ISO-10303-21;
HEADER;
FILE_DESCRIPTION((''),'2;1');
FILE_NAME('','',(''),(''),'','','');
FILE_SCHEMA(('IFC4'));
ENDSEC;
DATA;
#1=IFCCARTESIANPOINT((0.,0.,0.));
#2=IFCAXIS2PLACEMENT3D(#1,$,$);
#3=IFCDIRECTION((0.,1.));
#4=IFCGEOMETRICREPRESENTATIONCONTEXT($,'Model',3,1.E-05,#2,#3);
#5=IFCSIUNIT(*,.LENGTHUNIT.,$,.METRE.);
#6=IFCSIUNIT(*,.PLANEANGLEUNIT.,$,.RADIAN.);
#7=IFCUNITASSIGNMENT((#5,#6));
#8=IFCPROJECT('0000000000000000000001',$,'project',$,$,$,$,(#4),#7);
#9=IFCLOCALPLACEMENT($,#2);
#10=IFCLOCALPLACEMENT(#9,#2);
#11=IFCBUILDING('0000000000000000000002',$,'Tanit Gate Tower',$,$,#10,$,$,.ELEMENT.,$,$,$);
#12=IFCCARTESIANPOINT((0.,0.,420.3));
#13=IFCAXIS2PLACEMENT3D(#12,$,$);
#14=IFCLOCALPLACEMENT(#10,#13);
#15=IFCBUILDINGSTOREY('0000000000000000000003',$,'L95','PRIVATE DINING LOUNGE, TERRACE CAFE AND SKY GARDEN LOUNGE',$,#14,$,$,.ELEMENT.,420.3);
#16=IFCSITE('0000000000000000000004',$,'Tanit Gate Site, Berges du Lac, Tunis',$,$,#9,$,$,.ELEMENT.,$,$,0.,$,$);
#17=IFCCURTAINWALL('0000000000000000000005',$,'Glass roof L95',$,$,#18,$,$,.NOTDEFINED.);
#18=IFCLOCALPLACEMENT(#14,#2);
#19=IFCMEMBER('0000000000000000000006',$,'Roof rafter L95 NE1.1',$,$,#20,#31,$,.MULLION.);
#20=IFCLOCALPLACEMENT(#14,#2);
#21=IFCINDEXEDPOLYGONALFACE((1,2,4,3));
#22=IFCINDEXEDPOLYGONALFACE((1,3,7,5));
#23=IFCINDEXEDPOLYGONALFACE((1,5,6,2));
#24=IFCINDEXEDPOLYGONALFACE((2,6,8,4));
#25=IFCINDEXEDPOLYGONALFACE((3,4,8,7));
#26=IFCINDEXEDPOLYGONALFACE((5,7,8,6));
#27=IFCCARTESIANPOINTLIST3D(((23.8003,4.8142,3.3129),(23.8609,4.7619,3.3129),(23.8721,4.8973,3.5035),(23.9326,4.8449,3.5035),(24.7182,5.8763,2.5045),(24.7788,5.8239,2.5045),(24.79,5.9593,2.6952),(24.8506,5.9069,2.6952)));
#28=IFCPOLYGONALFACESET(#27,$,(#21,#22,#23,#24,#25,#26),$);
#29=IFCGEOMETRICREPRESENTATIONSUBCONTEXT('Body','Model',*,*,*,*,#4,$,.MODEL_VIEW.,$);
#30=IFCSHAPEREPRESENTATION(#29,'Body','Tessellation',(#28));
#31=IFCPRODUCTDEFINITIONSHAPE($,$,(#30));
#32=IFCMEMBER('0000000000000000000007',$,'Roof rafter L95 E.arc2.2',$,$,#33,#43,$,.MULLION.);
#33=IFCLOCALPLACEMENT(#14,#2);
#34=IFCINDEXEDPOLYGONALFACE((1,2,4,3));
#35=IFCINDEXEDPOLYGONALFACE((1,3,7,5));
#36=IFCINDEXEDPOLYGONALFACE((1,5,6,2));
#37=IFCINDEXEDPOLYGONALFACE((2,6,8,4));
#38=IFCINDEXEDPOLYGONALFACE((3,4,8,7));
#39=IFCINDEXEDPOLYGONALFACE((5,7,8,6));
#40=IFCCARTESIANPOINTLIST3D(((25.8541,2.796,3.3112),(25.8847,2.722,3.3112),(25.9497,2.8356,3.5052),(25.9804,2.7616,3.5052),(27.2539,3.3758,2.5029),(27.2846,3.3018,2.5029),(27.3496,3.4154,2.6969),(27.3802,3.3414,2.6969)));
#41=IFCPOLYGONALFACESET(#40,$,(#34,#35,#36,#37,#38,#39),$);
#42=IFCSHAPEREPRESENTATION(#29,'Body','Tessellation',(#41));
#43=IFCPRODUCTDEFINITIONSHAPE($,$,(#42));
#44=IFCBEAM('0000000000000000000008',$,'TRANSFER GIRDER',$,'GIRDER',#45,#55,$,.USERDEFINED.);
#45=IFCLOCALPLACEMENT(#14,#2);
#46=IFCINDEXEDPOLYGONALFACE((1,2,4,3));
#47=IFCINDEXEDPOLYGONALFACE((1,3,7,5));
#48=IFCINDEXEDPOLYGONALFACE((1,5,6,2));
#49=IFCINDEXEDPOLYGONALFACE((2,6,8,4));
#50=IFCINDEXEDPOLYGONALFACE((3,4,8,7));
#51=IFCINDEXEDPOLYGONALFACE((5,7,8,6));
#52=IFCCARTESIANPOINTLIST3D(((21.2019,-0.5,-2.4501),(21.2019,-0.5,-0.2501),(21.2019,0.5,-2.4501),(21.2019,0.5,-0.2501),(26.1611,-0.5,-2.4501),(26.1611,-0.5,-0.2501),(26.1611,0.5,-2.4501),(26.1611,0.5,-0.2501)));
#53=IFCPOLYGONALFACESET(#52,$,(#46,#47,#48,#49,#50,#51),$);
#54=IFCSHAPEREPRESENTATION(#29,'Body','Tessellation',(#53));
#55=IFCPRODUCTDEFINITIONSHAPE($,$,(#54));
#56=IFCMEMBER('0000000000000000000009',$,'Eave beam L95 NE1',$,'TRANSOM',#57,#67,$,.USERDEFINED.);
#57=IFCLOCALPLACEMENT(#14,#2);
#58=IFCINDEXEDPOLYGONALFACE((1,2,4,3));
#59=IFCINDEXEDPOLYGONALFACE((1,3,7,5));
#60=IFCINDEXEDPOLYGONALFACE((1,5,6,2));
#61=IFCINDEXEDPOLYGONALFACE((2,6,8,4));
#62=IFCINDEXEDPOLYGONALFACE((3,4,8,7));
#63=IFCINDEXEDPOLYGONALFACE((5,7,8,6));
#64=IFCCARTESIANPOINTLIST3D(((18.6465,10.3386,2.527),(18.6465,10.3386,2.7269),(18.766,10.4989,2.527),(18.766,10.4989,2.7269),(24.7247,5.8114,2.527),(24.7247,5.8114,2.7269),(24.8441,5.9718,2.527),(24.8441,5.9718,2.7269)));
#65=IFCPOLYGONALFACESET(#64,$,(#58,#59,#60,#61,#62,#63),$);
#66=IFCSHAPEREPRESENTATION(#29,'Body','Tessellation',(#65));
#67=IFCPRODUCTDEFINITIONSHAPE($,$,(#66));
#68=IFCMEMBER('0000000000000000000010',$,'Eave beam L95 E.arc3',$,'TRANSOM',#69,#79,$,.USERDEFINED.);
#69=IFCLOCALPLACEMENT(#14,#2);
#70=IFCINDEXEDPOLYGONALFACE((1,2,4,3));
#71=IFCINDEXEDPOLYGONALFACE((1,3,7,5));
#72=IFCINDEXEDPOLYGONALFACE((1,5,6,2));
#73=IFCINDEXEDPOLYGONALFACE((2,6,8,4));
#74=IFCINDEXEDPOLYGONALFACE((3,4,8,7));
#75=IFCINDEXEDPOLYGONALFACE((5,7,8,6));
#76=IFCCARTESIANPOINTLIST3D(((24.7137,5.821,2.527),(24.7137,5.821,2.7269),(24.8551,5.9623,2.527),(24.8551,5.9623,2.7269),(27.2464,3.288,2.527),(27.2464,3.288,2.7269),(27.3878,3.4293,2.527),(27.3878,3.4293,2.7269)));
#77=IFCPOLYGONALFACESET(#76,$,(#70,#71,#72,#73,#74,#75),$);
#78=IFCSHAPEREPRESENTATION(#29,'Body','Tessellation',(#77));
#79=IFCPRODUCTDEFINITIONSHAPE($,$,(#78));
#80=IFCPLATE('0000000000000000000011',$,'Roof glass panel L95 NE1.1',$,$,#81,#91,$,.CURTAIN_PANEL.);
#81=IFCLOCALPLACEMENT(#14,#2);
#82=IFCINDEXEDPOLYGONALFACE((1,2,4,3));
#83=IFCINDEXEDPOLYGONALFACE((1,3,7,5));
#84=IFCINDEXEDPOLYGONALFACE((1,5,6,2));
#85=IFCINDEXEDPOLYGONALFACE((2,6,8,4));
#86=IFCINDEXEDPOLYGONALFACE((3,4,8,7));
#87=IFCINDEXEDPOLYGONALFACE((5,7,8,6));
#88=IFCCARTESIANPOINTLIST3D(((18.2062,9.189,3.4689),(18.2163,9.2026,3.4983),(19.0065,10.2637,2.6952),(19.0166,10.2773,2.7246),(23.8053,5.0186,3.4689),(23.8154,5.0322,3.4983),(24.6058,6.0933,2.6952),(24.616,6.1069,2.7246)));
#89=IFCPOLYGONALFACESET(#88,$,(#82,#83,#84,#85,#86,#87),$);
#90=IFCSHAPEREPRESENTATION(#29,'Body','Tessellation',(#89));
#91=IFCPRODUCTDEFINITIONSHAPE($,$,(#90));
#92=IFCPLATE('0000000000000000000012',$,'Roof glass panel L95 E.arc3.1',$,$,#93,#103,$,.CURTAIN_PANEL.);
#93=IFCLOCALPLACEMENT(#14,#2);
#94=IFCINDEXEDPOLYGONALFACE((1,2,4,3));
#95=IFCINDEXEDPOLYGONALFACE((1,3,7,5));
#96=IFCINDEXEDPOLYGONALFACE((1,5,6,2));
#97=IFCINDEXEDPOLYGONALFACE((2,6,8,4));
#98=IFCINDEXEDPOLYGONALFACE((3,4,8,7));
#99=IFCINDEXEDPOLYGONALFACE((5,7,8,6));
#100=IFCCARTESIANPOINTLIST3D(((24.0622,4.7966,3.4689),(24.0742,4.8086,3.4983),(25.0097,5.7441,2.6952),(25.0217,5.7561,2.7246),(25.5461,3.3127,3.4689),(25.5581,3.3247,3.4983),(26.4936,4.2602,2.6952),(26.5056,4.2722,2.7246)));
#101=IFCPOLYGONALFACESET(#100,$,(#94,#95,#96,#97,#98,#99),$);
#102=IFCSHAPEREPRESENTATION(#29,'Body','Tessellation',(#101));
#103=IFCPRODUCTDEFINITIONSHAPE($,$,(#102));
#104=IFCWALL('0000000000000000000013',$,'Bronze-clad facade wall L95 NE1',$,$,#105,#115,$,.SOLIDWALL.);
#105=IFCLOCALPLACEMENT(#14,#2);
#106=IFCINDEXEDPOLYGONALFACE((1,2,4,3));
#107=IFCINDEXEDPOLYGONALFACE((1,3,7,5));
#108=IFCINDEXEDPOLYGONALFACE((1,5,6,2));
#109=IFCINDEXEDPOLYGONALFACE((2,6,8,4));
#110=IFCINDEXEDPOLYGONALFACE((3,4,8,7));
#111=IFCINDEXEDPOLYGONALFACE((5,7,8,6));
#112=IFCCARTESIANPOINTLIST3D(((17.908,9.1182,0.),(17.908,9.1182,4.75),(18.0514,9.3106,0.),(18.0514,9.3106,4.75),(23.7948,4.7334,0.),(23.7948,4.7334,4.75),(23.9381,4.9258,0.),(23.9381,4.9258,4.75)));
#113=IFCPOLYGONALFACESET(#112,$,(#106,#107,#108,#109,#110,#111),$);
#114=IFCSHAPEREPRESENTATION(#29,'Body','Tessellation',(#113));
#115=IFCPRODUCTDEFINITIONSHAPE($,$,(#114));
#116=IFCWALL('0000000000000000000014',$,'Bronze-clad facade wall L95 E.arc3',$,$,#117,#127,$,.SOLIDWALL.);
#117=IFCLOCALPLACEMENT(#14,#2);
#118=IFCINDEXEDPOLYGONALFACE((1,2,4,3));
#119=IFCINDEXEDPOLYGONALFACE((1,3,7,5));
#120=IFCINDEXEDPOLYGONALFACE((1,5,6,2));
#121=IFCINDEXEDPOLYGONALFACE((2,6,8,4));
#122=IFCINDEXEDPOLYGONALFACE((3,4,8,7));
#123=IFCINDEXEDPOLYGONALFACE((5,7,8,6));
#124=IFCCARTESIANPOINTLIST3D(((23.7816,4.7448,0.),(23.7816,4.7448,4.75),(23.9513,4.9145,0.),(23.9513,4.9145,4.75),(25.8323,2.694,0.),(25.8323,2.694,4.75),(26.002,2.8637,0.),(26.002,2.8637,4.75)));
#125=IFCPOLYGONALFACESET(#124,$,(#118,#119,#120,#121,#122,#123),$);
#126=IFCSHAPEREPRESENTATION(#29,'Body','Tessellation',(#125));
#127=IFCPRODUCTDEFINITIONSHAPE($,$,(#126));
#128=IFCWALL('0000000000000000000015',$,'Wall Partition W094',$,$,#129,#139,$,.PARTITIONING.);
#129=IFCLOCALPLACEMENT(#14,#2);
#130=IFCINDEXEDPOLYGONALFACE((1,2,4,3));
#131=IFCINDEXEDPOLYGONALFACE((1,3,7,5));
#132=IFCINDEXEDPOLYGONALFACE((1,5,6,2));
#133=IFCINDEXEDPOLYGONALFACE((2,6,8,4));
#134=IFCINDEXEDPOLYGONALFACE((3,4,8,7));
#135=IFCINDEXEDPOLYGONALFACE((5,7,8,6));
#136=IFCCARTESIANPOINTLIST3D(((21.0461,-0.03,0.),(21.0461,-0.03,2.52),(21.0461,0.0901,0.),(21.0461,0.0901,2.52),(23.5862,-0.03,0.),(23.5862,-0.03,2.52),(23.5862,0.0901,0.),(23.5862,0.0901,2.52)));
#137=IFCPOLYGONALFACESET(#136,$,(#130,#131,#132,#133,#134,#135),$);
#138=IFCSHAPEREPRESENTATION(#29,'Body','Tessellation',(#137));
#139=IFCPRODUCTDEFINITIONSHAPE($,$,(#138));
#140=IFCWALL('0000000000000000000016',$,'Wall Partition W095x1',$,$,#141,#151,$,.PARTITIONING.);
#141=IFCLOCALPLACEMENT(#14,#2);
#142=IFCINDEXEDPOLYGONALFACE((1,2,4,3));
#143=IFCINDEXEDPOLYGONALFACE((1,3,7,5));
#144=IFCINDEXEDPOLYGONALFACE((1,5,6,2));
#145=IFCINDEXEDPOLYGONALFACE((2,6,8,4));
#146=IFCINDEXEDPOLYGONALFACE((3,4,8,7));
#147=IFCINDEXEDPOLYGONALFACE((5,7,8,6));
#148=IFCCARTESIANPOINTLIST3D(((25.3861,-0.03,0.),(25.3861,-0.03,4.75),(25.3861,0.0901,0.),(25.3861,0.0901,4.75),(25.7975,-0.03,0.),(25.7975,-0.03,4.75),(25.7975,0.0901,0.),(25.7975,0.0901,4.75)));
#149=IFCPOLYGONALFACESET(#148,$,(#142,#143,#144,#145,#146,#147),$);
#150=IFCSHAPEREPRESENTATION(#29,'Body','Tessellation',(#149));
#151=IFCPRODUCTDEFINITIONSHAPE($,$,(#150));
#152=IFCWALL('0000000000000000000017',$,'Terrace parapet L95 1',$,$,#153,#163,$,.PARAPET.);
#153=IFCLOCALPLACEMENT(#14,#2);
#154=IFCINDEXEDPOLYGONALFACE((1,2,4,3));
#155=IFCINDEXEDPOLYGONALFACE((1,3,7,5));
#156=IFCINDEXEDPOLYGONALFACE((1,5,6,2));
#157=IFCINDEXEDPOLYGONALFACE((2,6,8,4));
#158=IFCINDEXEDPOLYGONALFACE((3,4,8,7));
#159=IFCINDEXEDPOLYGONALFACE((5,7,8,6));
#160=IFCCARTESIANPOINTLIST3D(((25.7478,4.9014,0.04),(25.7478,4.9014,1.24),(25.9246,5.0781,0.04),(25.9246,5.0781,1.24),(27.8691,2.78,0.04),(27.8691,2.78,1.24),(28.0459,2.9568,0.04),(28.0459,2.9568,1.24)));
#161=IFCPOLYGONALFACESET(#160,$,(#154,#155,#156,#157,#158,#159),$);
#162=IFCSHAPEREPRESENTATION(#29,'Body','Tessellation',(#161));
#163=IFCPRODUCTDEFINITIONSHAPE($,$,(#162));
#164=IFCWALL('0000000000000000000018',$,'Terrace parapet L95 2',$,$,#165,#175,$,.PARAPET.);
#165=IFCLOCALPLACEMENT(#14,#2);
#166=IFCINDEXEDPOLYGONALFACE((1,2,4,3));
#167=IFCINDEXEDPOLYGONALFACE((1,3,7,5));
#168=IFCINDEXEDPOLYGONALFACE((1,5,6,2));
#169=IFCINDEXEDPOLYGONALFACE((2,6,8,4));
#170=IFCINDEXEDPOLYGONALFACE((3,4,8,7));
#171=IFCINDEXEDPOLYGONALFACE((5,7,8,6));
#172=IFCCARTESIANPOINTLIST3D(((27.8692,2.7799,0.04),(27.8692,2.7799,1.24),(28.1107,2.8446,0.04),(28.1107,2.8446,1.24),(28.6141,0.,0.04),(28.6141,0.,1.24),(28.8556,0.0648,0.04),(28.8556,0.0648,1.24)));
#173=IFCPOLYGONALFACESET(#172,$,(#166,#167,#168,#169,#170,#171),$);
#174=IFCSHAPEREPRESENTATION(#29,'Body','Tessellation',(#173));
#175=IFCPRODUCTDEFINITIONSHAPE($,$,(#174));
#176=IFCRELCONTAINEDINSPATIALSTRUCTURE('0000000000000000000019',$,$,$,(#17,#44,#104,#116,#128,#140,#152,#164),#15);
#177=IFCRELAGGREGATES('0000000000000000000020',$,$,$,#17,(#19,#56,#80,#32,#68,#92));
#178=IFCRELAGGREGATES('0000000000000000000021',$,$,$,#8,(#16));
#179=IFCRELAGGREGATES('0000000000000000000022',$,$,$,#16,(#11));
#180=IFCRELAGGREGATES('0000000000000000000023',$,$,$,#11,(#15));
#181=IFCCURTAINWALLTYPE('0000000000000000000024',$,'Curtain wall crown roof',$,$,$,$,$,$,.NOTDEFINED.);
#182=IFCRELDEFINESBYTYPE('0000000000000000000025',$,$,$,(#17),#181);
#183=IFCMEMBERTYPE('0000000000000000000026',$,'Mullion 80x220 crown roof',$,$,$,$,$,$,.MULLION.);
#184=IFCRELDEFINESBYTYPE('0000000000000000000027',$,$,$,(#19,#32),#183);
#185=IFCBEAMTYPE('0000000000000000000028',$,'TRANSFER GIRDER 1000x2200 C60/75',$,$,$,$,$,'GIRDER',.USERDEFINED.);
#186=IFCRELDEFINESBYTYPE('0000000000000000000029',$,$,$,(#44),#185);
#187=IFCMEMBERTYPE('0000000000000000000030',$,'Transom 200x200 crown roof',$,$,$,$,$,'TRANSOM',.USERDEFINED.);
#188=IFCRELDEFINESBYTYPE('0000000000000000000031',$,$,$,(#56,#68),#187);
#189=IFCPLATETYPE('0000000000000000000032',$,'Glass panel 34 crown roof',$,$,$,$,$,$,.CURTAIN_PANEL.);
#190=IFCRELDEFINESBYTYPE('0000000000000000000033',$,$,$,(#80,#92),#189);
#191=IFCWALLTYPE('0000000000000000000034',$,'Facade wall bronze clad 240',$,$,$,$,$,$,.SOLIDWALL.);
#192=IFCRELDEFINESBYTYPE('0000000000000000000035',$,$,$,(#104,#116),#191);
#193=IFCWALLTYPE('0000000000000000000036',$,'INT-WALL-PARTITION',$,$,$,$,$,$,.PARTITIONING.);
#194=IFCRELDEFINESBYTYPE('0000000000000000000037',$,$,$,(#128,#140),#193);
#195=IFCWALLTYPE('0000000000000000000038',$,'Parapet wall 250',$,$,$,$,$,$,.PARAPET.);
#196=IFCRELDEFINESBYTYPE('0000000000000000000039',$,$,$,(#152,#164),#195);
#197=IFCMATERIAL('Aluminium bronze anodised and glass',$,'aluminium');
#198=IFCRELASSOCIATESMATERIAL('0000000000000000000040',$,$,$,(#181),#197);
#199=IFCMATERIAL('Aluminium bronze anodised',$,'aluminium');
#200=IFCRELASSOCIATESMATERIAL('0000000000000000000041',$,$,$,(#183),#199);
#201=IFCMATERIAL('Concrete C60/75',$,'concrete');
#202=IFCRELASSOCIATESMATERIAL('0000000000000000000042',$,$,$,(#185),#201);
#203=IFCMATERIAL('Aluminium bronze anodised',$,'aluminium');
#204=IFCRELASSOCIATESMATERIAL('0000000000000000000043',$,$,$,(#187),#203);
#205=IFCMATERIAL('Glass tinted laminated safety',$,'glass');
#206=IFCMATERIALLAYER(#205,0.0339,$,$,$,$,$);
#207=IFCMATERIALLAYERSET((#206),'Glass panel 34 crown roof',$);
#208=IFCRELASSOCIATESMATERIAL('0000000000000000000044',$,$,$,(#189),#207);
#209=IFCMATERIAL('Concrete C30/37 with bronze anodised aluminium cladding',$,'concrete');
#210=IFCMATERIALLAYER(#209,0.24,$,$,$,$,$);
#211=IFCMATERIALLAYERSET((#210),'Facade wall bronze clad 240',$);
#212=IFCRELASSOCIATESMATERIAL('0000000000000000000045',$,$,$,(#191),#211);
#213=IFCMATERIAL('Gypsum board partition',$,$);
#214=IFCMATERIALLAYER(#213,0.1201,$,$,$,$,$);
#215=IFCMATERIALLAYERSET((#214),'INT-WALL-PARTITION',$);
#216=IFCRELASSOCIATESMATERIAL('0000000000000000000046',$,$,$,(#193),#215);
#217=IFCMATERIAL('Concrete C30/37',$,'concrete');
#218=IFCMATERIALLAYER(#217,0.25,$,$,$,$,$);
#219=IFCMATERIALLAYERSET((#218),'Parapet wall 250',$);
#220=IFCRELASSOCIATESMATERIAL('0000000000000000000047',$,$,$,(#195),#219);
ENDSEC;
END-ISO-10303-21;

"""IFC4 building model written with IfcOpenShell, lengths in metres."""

from ifc_helpers import new_model, si_unit, direction, frame, frame_2d, origin, origin_2d, place, context, subcontext, project, spatial, polyline, rectangle, outline, extrude, material, layer, layer_set, material_profile, profile_set, type_object, element, aggregate, save


model = new_model("IFC4")

# Units and contexts
model_context = context("Model", 3, precision=1e-05, world=origin(), true_north=direction((0.0, 1.0)))
body_context = subcontext(model_context, "Body", "Model", "MODEL_VIEW")
ifc_project = project(units=[si_unit("LENGTHUNIT", "METRE"), si_unit("PLANEANGLEUNIT", "RADIAN")], contexts=[model_context])

# Site, building, storey
site_placement = place(None, origin())
site = spatial("IfcSite", under=ifc_project, at=site_placement, Name="Tanit Gate Site, Berges du Lac, Tunis", CompositionType="ELEMENT", RefElevation=0.0)
building_placement = place(site_placement, origin())
building = spatial("IfcBuilding", under=site, at=building_placement, Name="Tanit Gate Tower", CompositionType="ELEMENT")
storey_placement = place(building_placement, frame((0.0, 0.0, 420.3)))
storey = spatial("IfcBuildingStorey", under=building, at=storey_placement, Name="L95", Description="PRIVATE DINING LOUNGE, TERRACE CAFE AND SKY GARDEN LOUNGE", CompositionType="ELEMENT", Elevation=420.3)

# Curtain wall, members
ifc_material_1 = material(Name="Aluminium bronze anodised and glass", Category="aluminium")
curtain_wall_type = type_object("IfcCurtainWallType", Name="Curtain wall crown roof", PredefinedType="NOTDEFINED", material=ifc_material_1)
curtain_wall_placement = place(storey_placement, origin())
curtain_wall = element("IfcCurtainWall", 1, at=curtain_wall_placement, inside=storey, type_object=curtain_wall_type, Name="Glass roof L95", PredefinedType="NOTDEFINED")
ifc_material_2 = material(Name="Aluminium bronze anodised", Category="aluminium")
ifc_material_profile_1 = material_profile(ifc_material_2, rectangle(XDim=0.0801, YDim=0.22, at=origin_2d()), Name="80x220 bronze rafter")
ifc_profile_set_1 = profile_set([ifc_material_profile_1], Name="Aluminium bronze anodised")
member_type_1 = type_object("IfcMemberType", Name="Mullion 80x220 crown roof", PredefinedType="MULLION", material=ifc_profile_set_1)
member_1_placement = place(storey_placement, frame((23.8665, 4.8296, 3.4082), z_axis=(0.566694, 0.655617, -0.499023), x_axis=(-0.756549, 0.653937, 0.0)))
member_1 = element("IfcMember", 2, at=member_1_placement, type_object=member_type_1, Name="Roof rafter L95 NE1.1", PredefinedType="MULLION", context=body_context, shape_type="SweptSolid", body=[
    extrude(rectangle(XDim=0.0801, YDim=0.22, at=origin_2d()), origin(), (0.0, 0.0, 1.0), 1.6199),
])
member_2_placement = place(storey_placement, frame((25.9172, 2.7788, 3.4082), z_axis=(0.815143, 0.337629, -0.47069), x_axis=(-0.38267, 0.923885, 0.0)))
member_2 = element("IfcMember", 3, at=member_2_placement, type_object=member_type_1, Name="Roof rafter L95 E.arc2.2", PredefinedType="MULLION", context=body_context, shape_type="SweptSolid", body=[
    extrude(rectangle(XDim=0.0801, YDim=0.22, at=origin_2d()), origin(), (0.0, 0.0, 1.0), 1.7173),
])

# Beam
ifc_material_3 = material(Name="Concrete C60/75", Category="concrete")
ifc_material_profile_2 = material_profile(ifc_material_3, rectangle(XDim=1.0, YDim=2.2, at=origin_2d()), Name="RC 1000x2200")
ifc_profile_set_2 = profile_set([ifc_material_profile_2], Name="Concrete C60/75")
beam_type = type_object("IfcBeamType", Name="TRANSFER GIRDER 1000x2200 C60/75", ElementType="GIRDER", PredefinedType="USERDEFINED", material=ifc_profile_set_2)
beam_placement = place(storey_placement, frame((26.1611, 0.0, -1.3501), z_axis=(-1.0, 0.0, 0.0), x_axis=(0.0, -1.0, 0.0)))
element("IfcBeam", 4, at=beam_placement, inside=storey, type_object=beam_type, Name="TRANSFER GIRDER", ObjectType="GIRDER", PredefinedType="USERDEFINED", context=body_context, shape_type="SweptSolid", body=[
    extrude(rectangle(XDim=1.0, YDim=2.2, at=origin_2d()), origin(), (0.0, 0.0, 1.0), 4.9592),
])

# Members
ifc_material_4 = material(Name="Aluminium bronze anodised", Category="aluminium")
ifc_material_profile_3 = material_profile(ifc_material_4, rectangle(XDim=0.2, YDim=0.2, at=origin_2d()), Name="200x200 bronze transom")
ifc_profile_set_3 = profile_set([ifc_material_profile_3], Name="Aluminium bronze anodised")
member_type_2 = type_object("IfcMemberType", Name="Transom 200x200 crown roof", ElementType="TRANSOM", PredefinedType="USERDEFINED", material=ifc_profile_set_3)
member_3_placement = place(storey_placement, frame((24.7844, 5.8916, 2.627), z_axis=(-0.80199, 0.597337, 0.0), x_axis=(-0.597337, -0.80199, 0.0)))
member_3 = element("IfcMember", 5, at=member_3_placement, type_object=member_type_2, Name="Eave beam L95 NE1", ObjectType="TRANSOM", PredefinedType="USERDEFINED", context=body_context, shape_type="SweptSolid", body=[
    extrude(rectangle(XDim=0.2, YDim=0.2, at=origin_2d()), origin(), (0.0, 0.0, 1.0), 7.5789),
])
member_4_placement = place(storey_placement, frame((27.3171, 3.3586, 2.627), z_axis=(-0.707073, 0.707141, 0.0), x_axis=(-0.707141, -0.707073, 0.0)))
member_4 = element("IfcMember", 6, at=member_4_placement, type_object=member_type_2, Name="Eave beam L95 E.arc3", ObjectType="TRANSOM", PredefinedType="USERDEFINED", context=body_context, shape_type="SweptSolid", body=[
    extrude(rectangle(XDim=0.2, YDim=0.2, at=origin_2d()), origin(), (0.0, 0.0, 1.0), 3.582),
])

# Plates
ifc_material_5 = material(Name="Glass tinted laminated safety", Category="glass")
ifc_layer_1 = layer(ifc_material_5, 0.0339)
ifc_layer_set_1 = layer_set([ifc_layer_1], Name="Glass panel 34 crown roof")
plate_type = type_object("IfcPlateType", Name="Glass panel 34 crown roof", PredefinedType="CURTAIN_PANEL", material=ifc_layer_set_1)
plate_1_placement = place(storey_placement, frame((23.8154, 5.0322, 3.4983), z_axis=(0.298674, 0.401003, 0.86602), x_axis=(-0.801986, 0.597343, -0.000005)))
plate_1 = element("IfcPlate", 7, at=plate_1_placement, type_object=plate_type, Name="Roof glass panel L95 NE1.1", PredefinedType="CURTAIN_PANEL", context=body_context, shape_type="SweptSolid", body=[
    extrude(outline(polyline([(0.0, 0.0), (6.9816, 0.0), (6.9817, -1.5473), (0.0, -1.5474), (0.0, 0.0)])), origin(), (0.0, 0.0, -1.0), 0.0339),
])
plate_2_placement = place(storey_placement, frame((25.5581, 3.3247, 3.4983), z_axis=(0.353568, 0.353568, 0.866013), x_axis=(-0.707107, 0.707107, 0.0)))
plate_2 = element("IfcPlate", 8, at=plate_2_placement, type_object=plate_type, Name="Roof glass panel L95 E.arc3.1", PredefinedType="CURTAIN_PANEL", context=body_context, shape_type="SweptSolid", body=[
    extrude(outline(polyline([(0.0, 0.0), (2.0985, 0.0), (2.0985, -1.5473), (0.0, -1.5473), (0.0, 0.0)])), origin(), (0.0, 0.0, -1.0), 0.0339),
])
aggregate(curtain_wall, [member_1, member_3, plate_1, member_2, member_4, plate_2])

# Walls
ifc_material_6 = material(Name="Concrete C30/37 with bronze anodised aluminium cladding", Category="concrete")
ifc_layer_2 = layer(ifc_material_6, 0.24)
ifc_layer_set_2 = layer_set([ifc_layer_2], Name="Facade wall bronze clad 240")
wall_type_1 = type_object("IfcWallType", Name="Facade wall bronze clad 240", PredefinedType="SOLIDWALL", material=ifc_layer_set_2)
wall_1_placement = place(storey_placement, frame((23.8665, 4.8296, 0.0), z_axis=(0.0, 0.0, 1.0), x_axis=(-0.801975, 0.597357, 0.0)))
element("IfcWall", 9, at=wall_1_placement, inside=storey, type_object=wall_type_1, Name="Bronze-clad facade wall L95 NE1", PredefinedType="SOLIDWALL", context=body_context, shape_type="SweptSolid", body=[
    extrude(rectangle(XDim=7.3403, YDim=0.24, at=frame_2d((3.6702, 0.0))), origin(), (0.0, 0.0, 1.0), 4.75),
])
wall_2_placement = place(storey_placement, frame((25.9172, 2.7788, 0.0), z_axis=(0.0, 0.0, 1.0), x_axis=(-0.707107, 0.707107, 0.0)))
element("IfcWall", 10, at=wall_2_placement, inside=storey, type_object=wall_type_1, Name="Bronze-clad facade wall L95 E.arc3", PredefinedType="SOLIDWALL", context=body_context, shape_type="SweptSolid", body=[
    extrude(rectangle(XDim=2.9001, YDim=0.24, at=frame_2d((1.4502, 0.0))), origin(), (0.0, 0.0, 1.0), 4.75),
])
ifc_material_7 = material(Name="Gypsum board partition")
ifc_layer_3 = layer(ifc_material_7, 0.1201)
ifc_layer_set_3 = layer_set([ifc_layer_3], Name="INT-WALL-PARTITION")
wall_type_2 = type_object("IfcWallType", Name="INT-WALL-PARTITION", PredefinedType="PARTITIONING", material=ifc_layer_set_3)
wall_3_placement = place(storey_placement, frame((23.5862, 0.03, 0.0), z_axis=(0.0, 0.0, 1.0), x_axis=(-1.0, 0.0, 0.0)))
element("IfcWall", 11, at=wall_3_placement, inside=storey, type_object=wall_type_2, Name="Wall Partition W094", PredefinedType="PARTITIONING", context=body_context, shape_type="SweptSolid", body=[
    extrude(rectangle(XDim=2.54, YDim=0.1201, at=frame_2d((1.27, 0.0))), origin(), (0.0, 0.0, 1.0), 2.52),
])
wall_4_placement = place(storey_placement, frame((25.7974, 0.03, 0.0), z_axis=(0.0, 0.0, 1.0), x_axis=(-1.0, 0.0, 0.0)))
element("IfcWall", 12, at=wall_4_placement, inside=storey, type_object=wall_type_2, Name="Wall Partition W095x1", PredefinedType="PARTITIONING", context=body_context, shape_type="SweptSolid", body=[
    extrude(rectangle(XDim=0.4114, YDim=0.1201, at=frame_2d((0.2056, 0.0))), origin(), (0.0, 0.0, 1.0), 4.75),
])
ifc_material_8 = material(Name="Concrete C30/37", Category="concrete")
ifc_layer_4 = layer(ifc_material_8, 0.25)
ifc_layer_set_4 = layer_set([ifc_layer_4], Name="Parapet wall 250")
wall_type_3 = type_object("IfcWallType", Name="Parapet wall 250", PredefinedType="PARAPET", material=ifc_layer_set_4)
wall_5_placement = place(storey_placement, frame((25.8362, 4.9897, 0.04), z_axis=(0.0, 0.0, 1.0), x_axis=(0.707107, -0.707107, 0.0)))
element("IfcWall", 13, at=wall_5_placement, inside=storey, type_object=wall_type_3, Name="Terrace parapet L95 1", PredefinedType="PARAPET", context=body_context, shape_type="SweptSolid", body=[
    extrude(rectangle(XDim=3.0, YDim=0.25, at=frame_2d((1.5, 0.0))), origin(), (0.0, 0.0, 1.0), 1.2),
])
wall_6_placement = place(storey_placement, frame((27.99, 2.8123, 0.04), z_axis=(0.0, 0.0, 1.0), x_axis=(0.258829, -0.965923, 0.0)))
element("IfcWall", 14, at=wall_6_placement, inside=storey, type_object=wall_type_3, Name="Terrace parapet L95 2", PredefinedType="PARAPET", context=body_context, shape_type="SweptSolid", body=[
    extrude(rectangle(XDim=2.8779, YDim=0.25, at=frame_2d((1.439, 0.0))), origin(), (0.0, 0.0, 1.0), 1.2),
])

save(model, "model.ifc")
